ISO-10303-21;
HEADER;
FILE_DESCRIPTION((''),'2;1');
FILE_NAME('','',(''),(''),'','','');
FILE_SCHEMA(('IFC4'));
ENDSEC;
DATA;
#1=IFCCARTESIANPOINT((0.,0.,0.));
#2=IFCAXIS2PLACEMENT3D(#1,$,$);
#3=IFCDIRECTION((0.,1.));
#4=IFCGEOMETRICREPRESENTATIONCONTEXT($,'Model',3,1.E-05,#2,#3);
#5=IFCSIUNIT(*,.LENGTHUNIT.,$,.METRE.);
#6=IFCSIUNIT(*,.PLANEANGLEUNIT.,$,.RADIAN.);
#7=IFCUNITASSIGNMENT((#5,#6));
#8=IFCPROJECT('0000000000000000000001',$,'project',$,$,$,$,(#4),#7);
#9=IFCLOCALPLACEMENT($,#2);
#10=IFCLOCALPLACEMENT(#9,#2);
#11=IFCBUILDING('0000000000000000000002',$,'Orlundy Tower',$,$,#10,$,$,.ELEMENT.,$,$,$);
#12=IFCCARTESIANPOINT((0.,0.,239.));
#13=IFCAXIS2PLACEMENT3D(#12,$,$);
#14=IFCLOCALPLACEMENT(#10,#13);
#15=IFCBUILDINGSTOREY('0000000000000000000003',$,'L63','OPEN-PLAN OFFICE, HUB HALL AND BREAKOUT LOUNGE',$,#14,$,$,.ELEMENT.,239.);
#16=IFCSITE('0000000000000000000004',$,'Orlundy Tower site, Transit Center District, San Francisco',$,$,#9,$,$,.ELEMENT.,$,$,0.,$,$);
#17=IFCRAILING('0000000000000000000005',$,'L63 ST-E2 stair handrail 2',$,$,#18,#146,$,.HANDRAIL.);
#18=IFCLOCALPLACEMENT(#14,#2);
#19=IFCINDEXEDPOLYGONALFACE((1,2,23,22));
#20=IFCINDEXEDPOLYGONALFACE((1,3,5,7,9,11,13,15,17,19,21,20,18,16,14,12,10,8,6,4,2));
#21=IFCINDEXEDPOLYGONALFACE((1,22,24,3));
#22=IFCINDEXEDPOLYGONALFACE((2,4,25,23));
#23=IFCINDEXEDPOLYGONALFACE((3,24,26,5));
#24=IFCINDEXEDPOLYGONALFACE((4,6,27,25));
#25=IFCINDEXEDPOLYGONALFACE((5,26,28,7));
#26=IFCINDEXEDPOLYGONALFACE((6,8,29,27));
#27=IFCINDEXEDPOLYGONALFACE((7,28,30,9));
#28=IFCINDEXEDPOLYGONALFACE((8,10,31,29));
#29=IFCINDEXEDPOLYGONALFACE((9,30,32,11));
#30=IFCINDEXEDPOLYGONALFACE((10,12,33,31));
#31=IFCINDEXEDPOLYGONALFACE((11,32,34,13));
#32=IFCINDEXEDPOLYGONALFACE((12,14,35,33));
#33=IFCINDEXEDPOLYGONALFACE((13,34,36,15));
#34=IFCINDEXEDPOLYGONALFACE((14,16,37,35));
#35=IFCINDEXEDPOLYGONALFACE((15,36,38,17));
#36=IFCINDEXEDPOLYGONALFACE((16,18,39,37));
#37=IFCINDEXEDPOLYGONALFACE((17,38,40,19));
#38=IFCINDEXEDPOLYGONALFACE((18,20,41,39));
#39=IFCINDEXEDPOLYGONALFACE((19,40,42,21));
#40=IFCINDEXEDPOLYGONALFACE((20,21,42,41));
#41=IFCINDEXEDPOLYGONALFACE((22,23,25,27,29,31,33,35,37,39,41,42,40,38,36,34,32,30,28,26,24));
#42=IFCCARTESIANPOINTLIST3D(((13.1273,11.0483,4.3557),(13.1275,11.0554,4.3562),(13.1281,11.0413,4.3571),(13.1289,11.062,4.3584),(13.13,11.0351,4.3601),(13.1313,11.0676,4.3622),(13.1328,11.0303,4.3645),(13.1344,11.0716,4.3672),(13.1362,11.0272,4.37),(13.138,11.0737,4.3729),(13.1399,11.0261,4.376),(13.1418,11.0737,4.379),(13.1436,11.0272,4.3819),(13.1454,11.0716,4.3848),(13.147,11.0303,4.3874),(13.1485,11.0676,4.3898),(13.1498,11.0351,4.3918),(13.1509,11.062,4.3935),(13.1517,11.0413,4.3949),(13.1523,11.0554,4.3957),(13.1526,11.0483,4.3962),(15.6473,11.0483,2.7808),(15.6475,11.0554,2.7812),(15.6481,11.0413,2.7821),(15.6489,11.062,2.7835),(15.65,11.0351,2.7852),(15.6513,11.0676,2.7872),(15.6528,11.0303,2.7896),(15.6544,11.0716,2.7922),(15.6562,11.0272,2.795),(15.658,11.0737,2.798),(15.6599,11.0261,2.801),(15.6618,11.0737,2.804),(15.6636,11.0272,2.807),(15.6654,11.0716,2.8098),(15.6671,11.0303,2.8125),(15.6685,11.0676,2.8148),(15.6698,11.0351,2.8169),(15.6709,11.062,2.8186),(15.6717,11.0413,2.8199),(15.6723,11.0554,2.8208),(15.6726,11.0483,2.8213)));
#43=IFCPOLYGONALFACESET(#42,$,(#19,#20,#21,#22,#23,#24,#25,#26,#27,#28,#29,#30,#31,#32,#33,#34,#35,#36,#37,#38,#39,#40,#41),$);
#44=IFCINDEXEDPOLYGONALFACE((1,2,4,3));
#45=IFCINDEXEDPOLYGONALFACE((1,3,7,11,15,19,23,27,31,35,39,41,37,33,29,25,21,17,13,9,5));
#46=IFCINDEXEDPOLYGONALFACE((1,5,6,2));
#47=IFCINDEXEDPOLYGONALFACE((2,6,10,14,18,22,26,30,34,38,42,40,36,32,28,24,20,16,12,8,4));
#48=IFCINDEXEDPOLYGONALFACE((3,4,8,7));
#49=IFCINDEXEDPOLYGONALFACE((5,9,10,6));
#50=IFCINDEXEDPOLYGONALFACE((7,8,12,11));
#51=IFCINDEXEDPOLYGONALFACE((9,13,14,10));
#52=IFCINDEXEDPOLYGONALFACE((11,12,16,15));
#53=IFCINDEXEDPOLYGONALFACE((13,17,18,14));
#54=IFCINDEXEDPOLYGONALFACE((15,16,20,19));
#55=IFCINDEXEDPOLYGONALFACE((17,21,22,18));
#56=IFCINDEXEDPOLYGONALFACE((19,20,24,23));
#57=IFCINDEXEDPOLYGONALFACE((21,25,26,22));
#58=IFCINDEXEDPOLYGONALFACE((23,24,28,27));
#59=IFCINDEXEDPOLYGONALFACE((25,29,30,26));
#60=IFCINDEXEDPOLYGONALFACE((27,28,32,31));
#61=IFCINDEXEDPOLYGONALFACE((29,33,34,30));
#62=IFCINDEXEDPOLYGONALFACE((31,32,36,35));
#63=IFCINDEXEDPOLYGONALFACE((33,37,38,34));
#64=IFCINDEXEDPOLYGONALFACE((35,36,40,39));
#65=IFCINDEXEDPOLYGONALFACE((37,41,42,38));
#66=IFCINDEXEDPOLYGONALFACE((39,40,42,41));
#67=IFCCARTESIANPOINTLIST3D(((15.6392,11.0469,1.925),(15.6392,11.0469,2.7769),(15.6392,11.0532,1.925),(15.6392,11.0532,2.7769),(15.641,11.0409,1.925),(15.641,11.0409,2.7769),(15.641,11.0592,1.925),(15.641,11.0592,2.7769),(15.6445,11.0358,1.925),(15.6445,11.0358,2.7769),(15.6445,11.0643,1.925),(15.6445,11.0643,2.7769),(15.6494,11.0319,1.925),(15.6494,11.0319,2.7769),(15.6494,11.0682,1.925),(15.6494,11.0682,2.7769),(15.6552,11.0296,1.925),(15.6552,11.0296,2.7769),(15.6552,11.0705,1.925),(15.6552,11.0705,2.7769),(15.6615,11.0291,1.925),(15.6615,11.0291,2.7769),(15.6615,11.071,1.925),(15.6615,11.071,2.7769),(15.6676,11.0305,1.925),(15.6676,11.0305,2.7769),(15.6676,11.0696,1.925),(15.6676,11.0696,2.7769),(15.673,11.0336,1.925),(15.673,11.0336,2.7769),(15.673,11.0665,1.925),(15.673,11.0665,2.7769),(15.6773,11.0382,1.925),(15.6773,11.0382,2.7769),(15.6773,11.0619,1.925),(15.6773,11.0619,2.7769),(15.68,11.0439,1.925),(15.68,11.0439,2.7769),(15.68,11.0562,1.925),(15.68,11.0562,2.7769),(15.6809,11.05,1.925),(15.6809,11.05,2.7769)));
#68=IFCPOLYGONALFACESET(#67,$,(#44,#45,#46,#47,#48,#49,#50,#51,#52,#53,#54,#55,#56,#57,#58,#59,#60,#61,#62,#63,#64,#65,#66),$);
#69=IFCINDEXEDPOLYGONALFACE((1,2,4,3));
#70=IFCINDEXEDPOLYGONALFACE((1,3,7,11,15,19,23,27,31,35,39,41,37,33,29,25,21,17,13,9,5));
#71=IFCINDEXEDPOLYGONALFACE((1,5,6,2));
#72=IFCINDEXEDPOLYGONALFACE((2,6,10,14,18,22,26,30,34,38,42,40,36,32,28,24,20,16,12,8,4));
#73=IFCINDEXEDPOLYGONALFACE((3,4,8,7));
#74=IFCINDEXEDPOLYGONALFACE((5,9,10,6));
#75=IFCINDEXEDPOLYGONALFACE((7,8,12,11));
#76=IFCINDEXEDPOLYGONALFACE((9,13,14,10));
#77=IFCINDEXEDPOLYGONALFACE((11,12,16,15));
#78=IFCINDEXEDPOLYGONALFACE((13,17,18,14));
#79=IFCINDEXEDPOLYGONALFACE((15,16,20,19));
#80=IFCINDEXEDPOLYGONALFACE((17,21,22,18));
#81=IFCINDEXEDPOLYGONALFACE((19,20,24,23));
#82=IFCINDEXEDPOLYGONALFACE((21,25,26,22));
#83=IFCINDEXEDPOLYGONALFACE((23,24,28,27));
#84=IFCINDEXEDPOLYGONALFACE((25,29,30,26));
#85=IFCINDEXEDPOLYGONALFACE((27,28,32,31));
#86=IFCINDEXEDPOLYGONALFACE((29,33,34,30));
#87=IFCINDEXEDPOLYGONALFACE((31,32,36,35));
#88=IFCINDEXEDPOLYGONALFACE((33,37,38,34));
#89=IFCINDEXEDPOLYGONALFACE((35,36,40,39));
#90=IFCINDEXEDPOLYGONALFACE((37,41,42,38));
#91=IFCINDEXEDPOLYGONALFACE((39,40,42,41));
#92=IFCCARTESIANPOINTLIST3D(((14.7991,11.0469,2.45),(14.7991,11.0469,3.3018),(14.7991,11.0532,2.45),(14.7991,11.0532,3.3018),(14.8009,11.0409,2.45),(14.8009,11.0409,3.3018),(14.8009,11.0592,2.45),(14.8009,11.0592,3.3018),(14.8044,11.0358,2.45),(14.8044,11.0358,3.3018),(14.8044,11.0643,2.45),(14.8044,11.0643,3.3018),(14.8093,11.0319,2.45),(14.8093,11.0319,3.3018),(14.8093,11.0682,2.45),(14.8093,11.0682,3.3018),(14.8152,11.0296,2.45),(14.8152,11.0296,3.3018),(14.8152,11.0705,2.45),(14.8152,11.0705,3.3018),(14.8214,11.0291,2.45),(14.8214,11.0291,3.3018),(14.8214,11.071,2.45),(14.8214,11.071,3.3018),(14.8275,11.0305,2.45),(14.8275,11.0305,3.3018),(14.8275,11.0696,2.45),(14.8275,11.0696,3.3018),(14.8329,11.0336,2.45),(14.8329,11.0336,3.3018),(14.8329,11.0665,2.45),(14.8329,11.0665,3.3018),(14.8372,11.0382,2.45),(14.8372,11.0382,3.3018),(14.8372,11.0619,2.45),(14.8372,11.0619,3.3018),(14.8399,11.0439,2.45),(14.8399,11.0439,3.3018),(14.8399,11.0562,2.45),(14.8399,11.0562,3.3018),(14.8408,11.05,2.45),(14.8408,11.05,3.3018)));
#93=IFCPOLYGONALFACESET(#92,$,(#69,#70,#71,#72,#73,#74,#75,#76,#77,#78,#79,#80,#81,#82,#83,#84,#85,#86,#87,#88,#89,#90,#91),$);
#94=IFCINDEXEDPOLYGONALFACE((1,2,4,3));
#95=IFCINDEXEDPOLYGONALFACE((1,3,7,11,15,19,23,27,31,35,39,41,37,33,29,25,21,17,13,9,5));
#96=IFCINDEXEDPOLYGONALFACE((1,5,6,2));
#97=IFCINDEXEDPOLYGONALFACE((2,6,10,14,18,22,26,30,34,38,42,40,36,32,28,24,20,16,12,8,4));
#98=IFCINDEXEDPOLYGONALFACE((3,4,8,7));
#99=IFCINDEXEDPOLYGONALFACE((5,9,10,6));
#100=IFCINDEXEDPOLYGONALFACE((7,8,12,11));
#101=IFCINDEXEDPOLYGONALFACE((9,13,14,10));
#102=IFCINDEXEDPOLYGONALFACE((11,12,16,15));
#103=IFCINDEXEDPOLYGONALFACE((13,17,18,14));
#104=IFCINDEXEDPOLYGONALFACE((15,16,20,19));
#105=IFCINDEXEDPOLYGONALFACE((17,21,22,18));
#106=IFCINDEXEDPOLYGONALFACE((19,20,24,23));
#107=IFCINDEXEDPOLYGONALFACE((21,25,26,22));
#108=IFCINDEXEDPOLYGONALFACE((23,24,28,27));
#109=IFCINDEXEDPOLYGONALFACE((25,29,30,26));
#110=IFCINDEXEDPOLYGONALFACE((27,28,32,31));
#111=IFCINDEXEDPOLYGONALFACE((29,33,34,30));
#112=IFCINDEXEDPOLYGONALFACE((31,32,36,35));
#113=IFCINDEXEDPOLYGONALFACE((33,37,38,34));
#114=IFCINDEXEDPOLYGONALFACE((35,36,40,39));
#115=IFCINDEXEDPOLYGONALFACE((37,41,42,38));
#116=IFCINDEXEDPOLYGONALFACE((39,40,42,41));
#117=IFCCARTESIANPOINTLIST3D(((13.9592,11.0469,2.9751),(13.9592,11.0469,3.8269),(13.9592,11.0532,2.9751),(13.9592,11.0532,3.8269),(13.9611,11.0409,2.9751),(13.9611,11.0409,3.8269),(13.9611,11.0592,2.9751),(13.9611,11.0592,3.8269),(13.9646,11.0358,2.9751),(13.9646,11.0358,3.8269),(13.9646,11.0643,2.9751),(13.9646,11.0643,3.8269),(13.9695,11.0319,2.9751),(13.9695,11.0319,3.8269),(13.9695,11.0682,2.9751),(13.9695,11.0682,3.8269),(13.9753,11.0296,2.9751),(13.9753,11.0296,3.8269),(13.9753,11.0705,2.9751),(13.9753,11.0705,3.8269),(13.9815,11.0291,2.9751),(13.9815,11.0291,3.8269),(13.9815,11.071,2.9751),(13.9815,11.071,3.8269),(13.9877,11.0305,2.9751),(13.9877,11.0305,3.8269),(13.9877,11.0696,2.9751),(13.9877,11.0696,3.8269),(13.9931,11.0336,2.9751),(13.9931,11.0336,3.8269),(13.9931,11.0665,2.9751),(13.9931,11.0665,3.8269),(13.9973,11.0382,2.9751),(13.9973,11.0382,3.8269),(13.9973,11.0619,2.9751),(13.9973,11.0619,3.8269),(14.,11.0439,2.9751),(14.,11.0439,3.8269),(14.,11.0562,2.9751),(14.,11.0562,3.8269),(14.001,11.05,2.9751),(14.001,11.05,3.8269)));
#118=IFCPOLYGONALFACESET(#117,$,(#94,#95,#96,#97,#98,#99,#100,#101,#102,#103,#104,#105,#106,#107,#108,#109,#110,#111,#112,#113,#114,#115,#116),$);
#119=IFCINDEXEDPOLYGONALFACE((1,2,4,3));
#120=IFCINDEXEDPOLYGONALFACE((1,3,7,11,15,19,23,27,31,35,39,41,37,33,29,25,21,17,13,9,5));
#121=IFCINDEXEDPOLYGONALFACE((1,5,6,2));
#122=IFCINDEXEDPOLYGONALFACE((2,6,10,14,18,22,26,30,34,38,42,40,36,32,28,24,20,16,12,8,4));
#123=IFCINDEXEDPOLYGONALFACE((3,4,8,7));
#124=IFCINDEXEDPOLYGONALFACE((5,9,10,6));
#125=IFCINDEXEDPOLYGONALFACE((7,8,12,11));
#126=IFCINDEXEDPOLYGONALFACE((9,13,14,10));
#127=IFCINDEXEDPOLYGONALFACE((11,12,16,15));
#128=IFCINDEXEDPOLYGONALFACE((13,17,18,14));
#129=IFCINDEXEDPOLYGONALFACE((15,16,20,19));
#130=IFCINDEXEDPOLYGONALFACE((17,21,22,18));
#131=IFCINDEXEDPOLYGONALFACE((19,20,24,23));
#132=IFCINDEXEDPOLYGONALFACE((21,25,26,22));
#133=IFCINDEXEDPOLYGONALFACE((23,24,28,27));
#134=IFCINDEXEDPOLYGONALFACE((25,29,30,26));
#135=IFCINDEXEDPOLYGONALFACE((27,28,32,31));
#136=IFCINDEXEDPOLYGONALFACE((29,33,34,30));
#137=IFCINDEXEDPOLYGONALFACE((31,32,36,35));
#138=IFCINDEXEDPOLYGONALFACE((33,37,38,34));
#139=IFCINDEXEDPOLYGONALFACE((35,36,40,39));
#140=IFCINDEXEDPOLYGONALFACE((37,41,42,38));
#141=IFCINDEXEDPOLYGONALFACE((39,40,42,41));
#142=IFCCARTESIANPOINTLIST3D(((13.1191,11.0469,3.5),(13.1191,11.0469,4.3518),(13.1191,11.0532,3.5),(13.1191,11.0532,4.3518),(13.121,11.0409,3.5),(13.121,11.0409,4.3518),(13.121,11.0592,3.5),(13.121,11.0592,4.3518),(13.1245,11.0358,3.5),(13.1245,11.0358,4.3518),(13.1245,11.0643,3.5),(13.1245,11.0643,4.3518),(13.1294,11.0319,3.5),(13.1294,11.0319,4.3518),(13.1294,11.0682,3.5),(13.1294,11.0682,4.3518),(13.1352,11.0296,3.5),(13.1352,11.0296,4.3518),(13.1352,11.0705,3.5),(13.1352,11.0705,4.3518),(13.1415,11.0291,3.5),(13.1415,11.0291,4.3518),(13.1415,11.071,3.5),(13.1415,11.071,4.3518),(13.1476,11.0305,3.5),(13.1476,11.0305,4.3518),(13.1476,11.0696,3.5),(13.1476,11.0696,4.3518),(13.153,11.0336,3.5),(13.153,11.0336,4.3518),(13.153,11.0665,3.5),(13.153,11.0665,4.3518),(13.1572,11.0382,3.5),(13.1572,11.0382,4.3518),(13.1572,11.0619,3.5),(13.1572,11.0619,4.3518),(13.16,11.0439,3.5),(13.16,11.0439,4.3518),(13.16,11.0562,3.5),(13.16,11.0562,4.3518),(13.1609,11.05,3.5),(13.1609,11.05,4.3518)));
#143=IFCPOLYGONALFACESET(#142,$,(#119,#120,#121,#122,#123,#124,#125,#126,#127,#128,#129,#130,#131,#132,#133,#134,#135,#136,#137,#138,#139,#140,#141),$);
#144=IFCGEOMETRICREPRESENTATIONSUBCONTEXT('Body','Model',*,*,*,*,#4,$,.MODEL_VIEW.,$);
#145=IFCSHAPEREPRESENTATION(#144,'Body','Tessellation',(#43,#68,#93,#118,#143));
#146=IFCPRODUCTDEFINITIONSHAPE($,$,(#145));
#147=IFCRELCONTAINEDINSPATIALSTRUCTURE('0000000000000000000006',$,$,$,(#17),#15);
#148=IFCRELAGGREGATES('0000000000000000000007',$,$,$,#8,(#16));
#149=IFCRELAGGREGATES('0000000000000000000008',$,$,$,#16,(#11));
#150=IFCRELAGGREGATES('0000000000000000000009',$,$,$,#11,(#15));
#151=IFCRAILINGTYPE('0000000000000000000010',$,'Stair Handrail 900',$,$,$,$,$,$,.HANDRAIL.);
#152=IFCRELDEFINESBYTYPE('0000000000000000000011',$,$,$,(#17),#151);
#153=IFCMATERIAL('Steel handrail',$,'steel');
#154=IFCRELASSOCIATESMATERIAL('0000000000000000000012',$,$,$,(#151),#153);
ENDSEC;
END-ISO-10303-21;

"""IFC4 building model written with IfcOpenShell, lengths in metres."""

from ifc_helpers import new_model, si_unit, direction, frame, origin, origin_2d, place, context, subcontext, project, spatial, circle, extrude, material, type_object, element, save


model = new_model("IFC4")

# Units and contexts
model_context = context("Model", 3, precision=1e-05, world=origin(), true_north=direction((0.0, 1.0)))
body_context = subcontext(model_context, "Body", "Model", "MODEL_VIEW")
ifc_project = project(units=[si_unit("LENGTHUNIT", "METRE"), si_unit("PLANEANGLEUNIT", "RADIAN")], contexts=[model_context])

# Site, building, storey
site_placement = place(None, origin())
site = spatial("IfcSite", under=ifc_project, at=site_placement, Name="Orlundy Tower site, Transit Center District, San Francisco", CompositionType="ELEMENT", RefElevation=0.0)
building_placement = place(site_placement, origin())
building = spatial("IfcBuilding", under=site, at=building_placement, Name="Orlundy Tower", CompositionType="ELEMENT")
storey_placement = place(building_placement, frame((0.0, 0.0, 239.0)))
storey = spatial("IfcBuildingStorey", under=building, at=storey_placement, Name="L63", Description="OPEN-PLAN OFFICE, HUB HALL AND BREAKOUT LOUNGE", CompositionType="ELEMENT", Elevation=239.0)

# Railing
ifc_material_1 = material(Name="Steel handrail", Category="steel")
railing_type_1 = type_object("IfcRailingType", Name="Stair Handrail 900", PredefinedType="HANDRAIL", material=ifc_material_1)
railing_1_placement = place(storey_placement, frame((15.6599, 11.05, 1.925)))
element("IfcRailing", 1, at=railing_1_placement, inside=storey, type_object=railing_type_1, Name="L63 ST-E2 stair handrail 2", PredefinedType="HANDRAIL", context=body_context, shape_type="SweptSolid", body=[
    extrude(circle(Radius=0.0239, at=origin_2d()), frame((0.0, 0.0, 0.876), z_axis=(-0.848008, 0.0, 0.529984), x_axis=(0.0, -1.0, 0.0)), (0.0, 0.0, 1.0), 2.9717),
    extrude(circle(Radius=0.021, at=origin_2d()), origin(), (0.0, 0.0, 1.0), 0.8518),
    extrude(circle(Radius=0.021, at=origin_2d()), frame((-0.8401, 0.0, 0.5249)), (0.0, 0.0, 1.0), 0.8518),
    extrude(circle(Radius=0.021, at=origin_2d()), frame((-1.6799, 0.0, 1.05)), (0.0, 0.0, 1.0), 0.8518),
    extrude(circle(Radius=0.021, at=origin_2d()), frame((-2.52, 0.0, 1.575)), (0.0, 0.0, 1.0), 0.8518),
])

save(model, "model.ifc")
